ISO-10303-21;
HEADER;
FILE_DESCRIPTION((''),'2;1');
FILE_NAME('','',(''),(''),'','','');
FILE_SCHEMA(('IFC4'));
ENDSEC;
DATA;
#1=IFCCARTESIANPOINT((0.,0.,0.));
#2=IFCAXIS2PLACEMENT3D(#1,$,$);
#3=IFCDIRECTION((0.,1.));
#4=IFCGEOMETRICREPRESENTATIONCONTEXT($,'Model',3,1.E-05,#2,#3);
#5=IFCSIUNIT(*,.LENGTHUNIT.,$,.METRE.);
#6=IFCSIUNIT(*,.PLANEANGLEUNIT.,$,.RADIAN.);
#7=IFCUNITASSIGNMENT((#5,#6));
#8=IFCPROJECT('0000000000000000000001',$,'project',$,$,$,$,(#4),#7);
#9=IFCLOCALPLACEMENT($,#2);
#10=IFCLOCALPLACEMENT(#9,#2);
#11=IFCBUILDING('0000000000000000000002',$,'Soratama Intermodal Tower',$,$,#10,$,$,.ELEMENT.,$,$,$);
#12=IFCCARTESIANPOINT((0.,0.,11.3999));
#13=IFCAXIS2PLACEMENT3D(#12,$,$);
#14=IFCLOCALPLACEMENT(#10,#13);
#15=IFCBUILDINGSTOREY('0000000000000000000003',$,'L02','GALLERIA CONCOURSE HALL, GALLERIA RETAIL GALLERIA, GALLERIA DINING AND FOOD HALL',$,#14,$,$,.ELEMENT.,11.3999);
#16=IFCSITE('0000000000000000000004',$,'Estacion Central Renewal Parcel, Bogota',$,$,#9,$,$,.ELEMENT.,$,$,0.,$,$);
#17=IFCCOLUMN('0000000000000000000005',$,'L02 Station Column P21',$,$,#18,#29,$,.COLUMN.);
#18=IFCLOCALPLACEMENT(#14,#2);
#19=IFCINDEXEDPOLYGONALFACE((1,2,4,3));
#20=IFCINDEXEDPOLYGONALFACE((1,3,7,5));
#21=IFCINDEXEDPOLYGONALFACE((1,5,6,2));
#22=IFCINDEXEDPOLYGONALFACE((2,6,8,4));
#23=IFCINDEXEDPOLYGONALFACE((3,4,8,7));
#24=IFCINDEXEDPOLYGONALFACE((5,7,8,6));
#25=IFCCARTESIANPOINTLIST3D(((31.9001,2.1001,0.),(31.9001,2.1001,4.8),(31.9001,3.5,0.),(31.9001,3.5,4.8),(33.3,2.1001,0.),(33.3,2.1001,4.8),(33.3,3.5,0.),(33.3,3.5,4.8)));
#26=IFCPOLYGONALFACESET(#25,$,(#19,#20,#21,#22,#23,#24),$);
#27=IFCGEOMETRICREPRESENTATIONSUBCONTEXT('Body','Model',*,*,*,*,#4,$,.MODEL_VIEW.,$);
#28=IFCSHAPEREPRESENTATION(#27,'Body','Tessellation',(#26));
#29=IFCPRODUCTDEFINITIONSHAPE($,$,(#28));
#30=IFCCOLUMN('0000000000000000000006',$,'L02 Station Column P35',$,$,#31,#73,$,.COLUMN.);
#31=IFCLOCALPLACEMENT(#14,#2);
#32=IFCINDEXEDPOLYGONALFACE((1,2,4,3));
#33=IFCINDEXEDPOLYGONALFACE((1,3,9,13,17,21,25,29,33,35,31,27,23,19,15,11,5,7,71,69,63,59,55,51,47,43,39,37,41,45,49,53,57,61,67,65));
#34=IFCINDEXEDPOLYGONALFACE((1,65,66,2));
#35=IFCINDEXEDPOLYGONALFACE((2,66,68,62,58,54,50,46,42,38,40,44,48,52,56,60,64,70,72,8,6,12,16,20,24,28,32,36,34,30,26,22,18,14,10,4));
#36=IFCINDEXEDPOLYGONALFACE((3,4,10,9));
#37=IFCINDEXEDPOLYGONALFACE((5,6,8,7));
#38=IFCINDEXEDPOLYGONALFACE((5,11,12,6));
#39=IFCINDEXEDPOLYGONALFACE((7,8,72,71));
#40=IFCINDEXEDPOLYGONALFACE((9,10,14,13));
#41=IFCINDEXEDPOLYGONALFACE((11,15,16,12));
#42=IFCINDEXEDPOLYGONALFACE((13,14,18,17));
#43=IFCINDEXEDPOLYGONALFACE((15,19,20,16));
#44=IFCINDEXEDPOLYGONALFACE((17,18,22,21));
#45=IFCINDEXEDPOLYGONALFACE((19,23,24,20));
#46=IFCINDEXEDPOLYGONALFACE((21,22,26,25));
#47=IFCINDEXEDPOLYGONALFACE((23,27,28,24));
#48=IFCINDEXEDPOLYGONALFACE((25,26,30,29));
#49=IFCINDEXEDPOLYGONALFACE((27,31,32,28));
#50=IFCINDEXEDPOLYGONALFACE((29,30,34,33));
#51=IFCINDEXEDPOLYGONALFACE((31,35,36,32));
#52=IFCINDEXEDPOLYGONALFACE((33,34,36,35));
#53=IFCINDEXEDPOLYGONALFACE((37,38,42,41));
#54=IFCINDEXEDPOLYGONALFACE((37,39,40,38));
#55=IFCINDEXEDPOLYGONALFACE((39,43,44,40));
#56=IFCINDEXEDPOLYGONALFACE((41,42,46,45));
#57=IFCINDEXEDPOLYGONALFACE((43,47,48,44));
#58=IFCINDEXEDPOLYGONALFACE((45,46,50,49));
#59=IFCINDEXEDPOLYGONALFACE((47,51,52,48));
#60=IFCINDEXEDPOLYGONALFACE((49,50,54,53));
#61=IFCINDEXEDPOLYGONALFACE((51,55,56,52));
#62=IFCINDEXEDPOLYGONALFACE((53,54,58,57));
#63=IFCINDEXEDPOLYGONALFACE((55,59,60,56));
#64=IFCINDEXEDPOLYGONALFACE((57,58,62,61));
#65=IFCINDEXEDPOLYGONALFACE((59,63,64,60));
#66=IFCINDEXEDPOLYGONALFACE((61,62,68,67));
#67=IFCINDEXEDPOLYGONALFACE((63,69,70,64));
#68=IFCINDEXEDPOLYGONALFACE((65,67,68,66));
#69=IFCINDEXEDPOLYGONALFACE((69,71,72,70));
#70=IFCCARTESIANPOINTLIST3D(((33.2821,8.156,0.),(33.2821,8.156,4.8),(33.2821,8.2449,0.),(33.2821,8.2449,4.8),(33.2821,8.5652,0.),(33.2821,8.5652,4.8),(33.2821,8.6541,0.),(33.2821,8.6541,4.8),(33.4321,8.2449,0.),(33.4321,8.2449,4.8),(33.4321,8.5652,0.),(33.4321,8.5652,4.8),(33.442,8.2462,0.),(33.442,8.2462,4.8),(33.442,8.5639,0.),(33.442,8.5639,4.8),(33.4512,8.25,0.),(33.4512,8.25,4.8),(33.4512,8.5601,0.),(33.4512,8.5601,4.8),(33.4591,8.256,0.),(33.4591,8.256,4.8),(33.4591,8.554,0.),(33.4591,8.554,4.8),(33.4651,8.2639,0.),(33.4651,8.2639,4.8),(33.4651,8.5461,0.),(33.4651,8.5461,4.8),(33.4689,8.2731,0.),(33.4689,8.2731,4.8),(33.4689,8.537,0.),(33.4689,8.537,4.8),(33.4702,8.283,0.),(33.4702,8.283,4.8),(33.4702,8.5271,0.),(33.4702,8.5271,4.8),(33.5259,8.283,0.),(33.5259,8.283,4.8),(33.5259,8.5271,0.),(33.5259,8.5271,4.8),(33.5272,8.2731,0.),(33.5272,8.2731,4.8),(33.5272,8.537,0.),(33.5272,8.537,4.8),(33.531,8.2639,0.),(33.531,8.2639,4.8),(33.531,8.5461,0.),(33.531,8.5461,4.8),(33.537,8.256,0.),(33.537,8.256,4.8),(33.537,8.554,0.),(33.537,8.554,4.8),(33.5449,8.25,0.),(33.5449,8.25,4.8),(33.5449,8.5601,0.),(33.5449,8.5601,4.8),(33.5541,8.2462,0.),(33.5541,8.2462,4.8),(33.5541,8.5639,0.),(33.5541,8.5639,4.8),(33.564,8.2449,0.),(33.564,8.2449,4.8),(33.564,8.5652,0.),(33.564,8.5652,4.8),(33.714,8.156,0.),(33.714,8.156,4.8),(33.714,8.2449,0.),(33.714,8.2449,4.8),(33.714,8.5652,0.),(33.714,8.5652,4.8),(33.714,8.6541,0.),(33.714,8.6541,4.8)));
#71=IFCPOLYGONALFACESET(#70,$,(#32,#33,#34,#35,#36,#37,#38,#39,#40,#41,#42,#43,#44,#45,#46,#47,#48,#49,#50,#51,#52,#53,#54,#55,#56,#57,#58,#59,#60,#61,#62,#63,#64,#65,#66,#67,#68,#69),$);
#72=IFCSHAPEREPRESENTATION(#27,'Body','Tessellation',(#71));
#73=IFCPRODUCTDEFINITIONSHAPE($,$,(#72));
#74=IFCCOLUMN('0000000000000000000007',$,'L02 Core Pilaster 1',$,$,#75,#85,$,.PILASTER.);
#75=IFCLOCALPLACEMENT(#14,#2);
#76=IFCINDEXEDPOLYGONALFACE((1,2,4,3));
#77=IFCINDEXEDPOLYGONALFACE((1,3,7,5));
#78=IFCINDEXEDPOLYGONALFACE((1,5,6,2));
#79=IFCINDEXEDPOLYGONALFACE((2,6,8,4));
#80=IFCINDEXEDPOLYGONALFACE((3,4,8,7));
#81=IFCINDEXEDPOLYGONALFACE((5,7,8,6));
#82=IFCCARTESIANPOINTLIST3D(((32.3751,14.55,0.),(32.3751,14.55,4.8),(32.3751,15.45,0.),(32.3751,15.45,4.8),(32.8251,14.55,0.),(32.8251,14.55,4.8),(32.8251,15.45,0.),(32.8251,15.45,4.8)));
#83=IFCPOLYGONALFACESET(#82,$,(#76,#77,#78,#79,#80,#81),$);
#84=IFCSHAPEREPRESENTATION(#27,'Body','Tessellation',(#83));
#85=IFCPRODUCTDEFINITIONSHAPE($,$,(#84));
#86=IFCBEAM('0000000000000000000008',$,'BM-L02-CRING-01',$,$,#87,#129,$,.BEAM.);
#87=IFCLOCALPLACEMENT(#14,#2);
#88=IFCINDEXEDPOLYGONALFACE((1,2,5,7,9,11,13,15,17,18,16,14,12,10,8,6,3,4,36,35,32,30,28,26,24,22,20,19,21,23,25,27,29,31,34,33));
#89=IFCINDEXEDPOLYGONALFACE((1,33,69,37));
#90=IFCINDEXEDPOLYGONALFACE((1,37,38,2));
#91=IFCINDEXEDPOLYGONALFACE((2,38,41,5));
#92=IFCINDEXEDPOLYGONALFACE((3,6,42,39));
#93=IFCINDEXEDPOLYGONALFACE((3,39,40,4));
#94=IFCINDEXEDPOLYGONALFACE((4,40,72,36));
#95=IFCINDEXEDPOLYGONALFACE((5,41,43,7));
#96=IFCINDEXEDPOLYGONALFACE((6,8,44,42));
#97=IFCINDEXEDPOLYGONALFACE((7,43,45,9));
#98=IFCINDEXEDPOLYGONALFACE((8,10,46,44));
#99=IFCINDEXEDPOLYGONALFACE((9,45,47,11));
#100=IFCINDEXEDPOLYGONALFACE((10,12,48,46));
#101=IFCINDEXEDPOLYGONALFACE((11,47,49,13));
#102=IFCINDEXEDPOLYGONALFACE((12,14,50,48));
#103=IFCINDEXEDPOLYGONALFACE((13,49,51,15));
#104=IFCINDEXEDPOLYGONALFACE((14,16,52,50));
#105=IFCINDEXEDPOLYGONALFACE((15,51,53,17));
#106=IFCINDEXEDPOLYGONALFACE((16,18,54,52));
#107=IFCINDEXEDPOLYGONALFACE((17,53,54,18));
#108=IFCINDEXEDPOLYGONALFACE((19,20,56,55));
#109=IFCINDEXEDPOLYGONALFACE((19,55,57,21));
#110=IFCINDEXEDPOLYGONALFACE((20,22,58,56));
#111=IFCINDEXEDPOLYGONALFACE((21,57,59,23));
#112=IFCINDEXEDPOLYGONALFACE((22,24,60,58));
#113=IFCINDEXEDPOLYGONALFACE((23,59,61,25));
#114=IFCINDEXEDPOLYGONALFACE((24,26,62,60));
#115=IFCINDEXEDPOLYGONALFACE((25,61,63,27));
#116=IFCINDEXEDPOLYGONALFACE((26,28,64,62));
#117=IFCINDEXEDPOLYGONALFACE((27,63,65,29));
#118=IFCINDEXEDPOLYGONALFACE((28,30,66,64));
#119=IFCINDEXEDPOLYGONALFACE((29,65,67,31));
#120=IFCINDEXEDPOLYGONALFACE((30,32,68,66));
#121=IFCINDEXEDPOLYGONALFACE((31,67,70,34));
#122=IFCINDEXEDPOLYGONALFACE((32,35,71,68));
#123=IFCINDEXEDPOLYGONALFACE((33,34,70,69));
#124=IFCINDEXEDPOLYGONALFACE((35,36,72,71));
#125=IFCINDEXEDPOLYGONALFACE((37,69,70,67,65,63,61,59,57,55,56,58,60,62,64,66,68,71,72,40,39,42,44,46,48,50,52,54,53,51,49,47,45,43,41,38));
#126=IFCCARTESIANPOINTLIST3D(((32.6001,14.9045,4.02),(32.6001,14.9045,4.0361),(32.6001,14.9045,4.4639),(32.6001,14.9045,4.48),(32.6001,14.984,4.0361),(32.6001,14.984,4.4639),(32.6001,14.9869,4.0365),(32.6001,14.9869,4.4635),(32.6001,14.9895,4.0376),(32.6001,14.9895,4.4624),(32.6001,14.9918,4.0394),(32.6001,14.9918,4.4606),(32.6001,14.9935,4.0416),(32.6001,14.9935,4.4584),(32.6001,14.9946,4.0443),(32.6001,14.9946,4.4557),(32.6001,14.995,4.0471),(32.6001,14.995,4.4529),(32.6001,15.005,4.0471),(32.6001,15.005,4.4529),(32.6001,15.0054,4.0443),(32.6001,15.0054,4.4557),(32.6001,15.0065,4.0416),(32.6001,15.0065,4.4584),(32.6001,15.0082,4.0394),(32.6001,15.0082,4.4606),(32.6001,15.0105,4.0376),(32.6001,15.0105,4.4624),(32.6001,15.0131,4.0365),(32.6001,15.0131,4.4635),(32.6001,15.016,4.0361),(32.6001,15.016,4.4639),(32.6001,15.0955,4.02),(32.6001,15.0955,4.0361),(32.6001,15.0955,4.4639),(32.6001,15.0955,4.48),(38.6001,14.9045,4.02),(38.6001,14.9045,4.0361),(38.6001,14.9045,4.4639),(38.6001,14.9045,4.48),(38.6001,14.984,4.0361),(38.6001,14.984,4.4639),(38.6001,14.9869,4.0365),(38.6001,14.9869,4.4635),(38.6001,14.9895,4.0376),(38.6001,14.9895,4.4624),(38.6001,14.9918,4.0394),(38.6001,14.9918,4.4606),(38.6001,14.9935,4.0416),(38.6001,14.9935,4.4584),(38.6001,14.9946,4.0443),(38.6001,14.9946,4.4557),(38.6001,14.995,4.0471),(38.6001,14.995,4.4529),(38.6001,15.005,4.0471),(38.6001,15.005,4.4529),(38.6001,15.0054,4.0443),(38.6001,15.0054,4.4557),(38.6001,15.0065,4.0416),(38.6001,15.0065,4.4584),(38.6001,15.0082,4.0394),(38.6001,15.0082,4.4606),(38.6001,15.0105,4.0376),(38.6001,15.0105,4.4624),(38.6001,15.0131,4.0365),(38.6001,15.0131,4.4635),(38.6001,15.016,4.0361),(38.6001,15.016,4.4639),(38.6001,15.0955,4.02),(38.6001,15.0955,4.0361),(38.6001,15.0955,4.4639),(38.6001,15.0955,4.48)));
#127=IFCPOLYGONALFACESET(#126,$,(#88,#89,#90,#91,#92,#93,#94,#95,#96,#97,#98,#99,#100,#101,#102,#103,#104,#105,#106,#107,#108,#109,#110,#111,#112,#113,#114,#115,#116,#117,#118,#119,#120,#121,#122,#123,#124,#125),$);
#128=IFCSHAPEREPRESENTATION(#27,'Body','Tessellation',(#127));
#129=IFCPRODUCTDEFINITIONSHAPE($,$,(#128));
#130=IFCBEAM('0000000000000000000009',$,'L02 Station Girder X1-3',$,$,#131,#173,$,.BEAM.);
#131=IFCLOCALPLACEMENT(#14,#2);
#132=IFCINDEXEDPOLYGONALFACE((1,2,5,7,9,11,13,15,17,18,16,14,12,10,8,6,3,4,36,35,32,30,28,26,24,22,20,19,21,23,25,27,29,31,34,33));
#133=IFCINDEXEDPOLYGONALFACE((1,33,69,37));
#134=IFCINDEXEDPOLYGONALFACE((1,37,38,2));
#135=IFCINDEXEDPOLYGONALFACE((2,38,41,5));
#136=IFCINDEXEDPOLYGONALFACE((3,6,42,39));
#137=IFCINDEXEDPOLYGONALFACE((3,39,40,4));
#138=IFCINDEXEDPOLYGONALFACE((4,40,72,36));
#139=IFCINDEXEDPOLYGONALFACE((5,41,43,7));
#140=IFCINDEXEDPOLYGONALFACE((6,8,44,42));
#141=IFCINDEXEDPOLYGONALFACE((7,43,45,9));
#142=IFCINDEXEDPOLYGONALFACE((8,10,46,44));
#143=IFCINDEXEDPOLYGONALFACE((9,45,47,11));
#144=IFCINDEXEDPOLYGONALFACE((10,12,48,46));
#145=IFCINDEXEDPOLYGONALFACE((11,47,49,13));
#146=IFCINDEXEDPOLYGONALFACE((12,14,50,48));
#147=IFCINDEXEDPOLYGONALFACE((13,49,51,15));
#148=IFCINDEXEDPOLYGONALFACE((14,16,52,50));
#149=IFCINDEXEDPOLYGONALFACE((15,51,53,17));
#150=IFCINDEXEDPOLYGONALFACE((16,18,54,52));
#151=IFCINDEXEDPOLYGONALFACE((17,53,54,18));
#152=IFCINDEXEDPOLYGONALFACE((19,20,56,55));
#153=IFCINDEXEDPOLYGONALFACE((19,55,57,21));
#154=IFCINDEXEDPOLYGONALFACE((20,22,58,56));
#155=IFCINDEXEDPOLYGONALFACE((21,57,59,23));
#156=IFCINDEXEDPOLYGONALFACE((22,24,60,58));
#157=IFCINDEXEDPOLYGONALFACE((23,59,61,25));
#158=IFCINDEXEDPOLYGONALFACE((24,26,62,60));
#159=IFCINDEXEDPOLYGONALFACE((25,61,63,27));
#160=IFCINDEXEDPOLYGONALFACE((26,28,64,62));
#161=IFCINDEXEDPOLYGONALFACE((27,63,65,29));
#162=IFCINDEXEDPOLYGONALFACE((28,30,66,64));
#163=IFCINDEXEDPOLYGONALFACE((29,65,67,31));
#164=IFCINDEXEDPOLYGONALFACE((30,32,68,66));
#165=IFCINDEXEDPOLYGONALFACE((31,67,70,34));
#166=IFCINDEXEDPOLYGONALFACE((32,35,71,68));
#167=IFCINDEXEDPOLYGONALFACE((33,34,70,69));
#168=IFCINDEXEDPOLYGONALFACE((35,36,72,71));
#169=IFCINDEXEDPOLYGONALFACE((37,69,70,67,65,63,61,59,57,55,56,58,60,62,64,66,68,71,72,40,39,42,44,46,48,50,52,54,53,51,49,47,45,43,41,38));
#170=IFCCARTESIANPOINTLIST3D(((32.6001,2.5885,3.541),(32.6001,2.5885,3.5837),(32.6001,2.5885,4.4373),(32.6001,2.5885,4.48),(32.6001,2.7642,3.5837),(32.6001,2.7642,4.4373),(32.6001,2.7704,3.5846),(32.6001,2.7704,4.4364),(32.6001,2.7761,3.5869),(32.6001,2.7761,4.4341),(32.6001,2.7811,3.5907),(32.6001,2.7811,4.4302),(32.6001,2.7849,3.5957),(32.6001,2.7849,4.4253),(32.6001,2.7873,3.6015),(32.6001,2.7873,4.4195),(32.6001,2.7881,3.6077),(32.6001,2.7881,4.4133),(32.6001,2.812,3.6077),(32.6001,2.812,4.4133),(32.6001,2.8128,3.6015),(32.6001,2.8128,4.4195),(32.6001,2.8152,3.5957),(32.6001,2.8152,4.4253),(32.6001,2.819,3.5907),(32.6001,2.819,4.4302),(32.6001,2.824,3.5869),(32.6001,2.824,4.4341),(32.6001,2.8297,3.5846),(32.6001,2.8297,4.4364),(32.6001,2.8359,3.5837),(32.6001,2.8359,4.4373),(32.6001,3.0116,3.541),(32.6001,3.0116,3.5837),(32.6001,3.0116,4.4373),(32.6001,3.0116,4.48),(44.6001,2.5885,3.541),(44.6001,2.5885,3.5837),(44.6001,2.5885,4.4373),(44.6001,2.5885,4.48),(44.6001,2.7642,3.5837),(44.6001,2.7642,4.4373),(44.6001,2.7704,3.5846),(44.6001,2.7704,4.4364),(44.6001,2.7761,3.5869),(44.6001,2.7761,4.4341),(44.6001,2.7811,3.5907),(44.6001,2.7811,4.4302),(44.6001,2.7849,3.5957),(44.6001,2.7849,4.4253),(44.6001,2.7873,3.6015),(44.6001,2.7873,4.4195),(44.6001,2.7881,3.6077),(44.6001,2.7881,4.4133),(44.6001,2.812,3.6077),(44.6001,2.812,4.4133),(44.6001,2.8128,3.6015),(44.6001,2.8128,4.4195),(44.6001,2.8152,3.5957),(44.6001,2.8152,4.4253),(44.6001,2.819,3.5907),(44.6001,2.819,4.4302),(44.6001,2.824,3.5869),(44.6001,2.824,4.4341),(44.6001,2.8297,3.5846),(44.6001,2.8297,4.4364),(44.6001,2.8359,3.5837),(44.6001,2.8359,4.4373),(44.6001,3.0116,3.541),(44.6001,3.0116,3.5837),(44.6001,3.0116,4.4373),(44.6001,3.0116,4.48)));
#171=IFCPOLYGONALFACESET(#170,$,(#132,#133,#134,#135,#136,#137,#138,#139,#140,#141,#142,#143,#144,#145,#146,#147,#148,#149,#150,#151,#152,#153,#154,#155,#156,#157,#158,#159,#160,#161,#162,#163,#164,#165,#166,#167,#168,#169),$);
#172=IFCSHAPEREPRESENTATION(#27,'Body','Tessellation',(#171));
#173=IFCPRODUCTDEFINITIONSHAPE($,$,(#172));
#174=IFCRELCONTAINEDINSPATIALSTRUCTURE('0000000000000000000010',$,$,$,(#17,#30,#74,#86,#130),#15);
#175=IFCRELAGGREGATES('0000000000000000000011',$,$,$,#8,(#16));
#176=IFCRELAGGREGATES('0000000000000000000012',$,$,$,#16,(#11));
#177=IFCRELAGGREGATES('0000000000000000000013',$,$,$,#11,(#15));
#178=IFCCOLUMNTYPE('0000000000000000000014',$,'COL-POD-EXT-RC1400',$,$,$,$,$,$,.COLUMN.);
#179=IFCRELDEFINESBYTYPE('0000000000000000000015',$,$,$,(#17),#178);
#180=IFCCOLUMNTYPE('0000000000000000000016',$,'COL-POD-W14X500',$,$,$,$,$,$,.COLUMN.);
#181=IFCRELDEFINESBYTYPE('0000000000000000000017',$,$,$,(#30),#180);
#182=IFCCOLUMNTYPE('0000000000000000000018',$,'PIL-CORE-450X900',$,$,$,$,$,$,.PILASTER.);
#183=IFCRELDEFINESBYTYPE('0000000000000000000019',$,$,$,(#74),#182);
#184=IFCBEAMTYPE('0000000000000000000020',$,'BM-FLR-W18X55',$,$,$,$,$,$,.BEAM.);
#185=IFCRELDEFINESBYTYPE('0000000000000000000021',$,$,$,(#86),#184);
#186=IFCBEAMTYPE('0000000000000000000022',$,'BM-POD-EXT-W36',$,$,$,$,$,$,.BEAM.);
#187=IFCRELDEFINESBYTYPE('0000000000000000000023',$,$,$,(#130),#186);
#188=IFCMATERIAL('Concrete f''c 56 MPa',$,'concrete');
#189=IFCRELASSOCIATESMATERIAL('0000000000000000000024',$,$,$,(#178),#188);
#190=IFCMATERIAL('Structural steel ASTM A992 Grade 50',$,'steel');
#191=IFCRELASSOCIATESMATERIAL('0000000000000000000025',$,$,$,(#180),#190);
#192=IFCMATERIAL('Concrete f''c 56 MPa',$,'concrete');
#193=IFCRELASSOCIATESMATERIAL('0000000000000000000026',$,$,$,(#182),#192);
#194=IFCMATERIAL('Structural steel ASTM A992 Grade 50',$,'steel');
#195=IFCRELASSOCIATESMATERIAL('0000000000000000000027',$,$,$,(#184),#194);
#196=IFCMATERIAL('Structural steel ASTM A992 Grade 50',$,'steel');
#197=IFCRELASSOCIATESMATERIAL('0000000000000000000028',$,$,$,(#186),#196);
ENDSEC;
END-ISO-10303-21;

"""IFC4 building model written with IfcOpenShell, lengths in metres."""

from ifc_helpers import new_model, si_unit, direction, frame, origin, origin_2d, place, context, subcontext, project, spatial, rectangle, i_section, extrude, material, material_profile, profile_set, type_object, element, save


model = new_model("IFC4")

# Units and contexts
model_context = context("Model", 3, precision=1e-05, world=origin(), true_north=direction((0.0, 1.0)))
body_context = subcontext(model_context, "Body", "Model", "MODEL_VIEW")
ifc_project = project(units=[si_unit("LENGTHUNIT", "METRE"), si_unit("PLANEANGLEUNIT", "RADIAN")], contexts=[model_context])

# Site, building, storey
site_placement = place(None, origin())
site = spatial("IfcSite", under=ifc_project, at=site_placement, Name="Estacion Central Renewal Parcel, Bogota", CompositionType="ELEMENT", RefElevation=0.0)
building_placement = place(site_placement, origin())
building = spatial("IfcBuilding", under=site, at=building_placement, Name="Soratama Intermodal Tower", CompositionType="ELEMENT")
storey_placement = place(building_placement, frame((0.0, 0.0, 11.3999)))
storey = spatial("IfcBuildingStorey", under=building, at=storey_placement, Name="L02", Description="GALLERIA CONCOURSE HALL, GALLERIA RETAIL GALLERIA, GALLERIA DINING AND FOOD HALL", CompositionType="ELEMENT", Elevation=11.3999)

# Columns
ifc_material_1 = material(Name="Concrete f'c 56 MPa", Category="concrete")
ifc_material_profile_1 = material_profile(ifc_material_1, rectangle(XDim=1.3999, YDim=1.3999, at=origin_2d()), Name="RC1400X1400")
ifc_profile_set_1 = profile_set([ifc_material_profile_1], Name="Concrete f'c 56 MPa")
column_type_1 = type_object("IfcColumnType", Name="COL-POD-EXT-RC1400", PredefinedType="COLUMN", material=ifc_profile_set_1)
column_1_placement = place(storey_placement, frame((32.6001, 2.8, 0.0), z_axis=(0.0, 0.0, 1.0), x_axis=(1.0, 0.0, 0.0)))
element("IfcColumn", 1, at=column_1_placement, inside=storey, type_object=column_type_1, Name="L02 Station Column P21", PredefinedType="COLUMN", context=body_context, shape_type="SweptSolid", body=[
    extrude(rectangle(XDim=1.3999, YDim=1.3999, at=origin_2d()), origin(), (0.0, 0.0, 1.0), 4.8),
])
ifc_material_2 = material(Name="Structural steel ASTM A992 Grade 50", Category="steel")
ifc_material_profile_2 = material_profile(ifc_material_2, i_section(OverallWidth=0.4319, OverallDepth=0.498, WebThickness=0.0557, FlangeThickness=0.0889, FilletRadius=0.0381, at=origin_2d()), Name="W14X500")
ifc_profile_set_2 = profile_set([ifc_material_profile_2], Name="Structural steel ASTM A992 Grade 50")
column_type_2 = type_object("IfcColumnType", Name="COL-POD-W14X500", PredefinedType="COLUMN", material=ifc_profile_set_2)
column_2_placement = place(storey_placement, frame((33.498, 8.405, 0.0), z_axis=(0.0, 0.0, 1.0), x_axis=(1.0, 0.0, 0.0)))
element("IfcColumn", 2, at=column_2_placement, inside=storey, type_object=column_type_2, Name="L02 Station Column P35", PredefinedType="COLUMN", context=body_context, shape_type="SweptSolid", body=[
    extrude(i_section(OverallWidth=0.4319, OverallDepth=0.498, WebThickness=0.0557, FlangeThickness=0.0889, FilletRadius=0.0381, at=origin_2d()), origin(), (0.0, 0.0, 1.0), 4.8),
])
ifc_material_3 = material(Name="Concrete f'c 56 MPa", Category="concrete")
ifc_material_profile_3 = material_profile(ifc_material_3, rectangle(XDim=0.45, YDim=0.8999, at=origin_2d()), Name="RC450X900")
ifc_profile_set_3 = profile_set([ifc_material_profile_3], Name="Concrete f'c 56 MPa")
column_type_3 = type_object("IfcColumnType", Name="PIL-CORE-450X900", PredefinedType="PILASTER", material=ifc_profile_set_3)
column_3_placement = place(storey_placement, frame((32.6001, 15.0, 0.0), z_axis=(0.0, 0.0, 1.0), x_axis=(1.0, 0.0, 0.0)))
element("IfcColumn", 3, at=column_3_placement, inside=storey, type_object=column_type_3, Name="L02 Core Pilaster 1", PredefinedType="PILASTER", context=body_context, shape_type="SweptSolid", body=[
    extrude(rectangle(XDim=0.45, YDim=0.8999, at=origin_2d()), origin(), (0.0, 0.0, 1.0), 4.8),
])

# Beams
ifc_material_4 = material(Name="Structural steel ASTM A992 Grade 50", Category="steel")
ifc_material_profile_4 = material_profile(ifc_material_4, i_section(OverallWidth=0.1909, OverallDepth=0.46, WebThickness=0.01, FlangeThickness=0.0161, FilletRadius=0.011, at=origin_2d()), Name="W18X55")
ifc_profile_set_4 = profile_set([ifc_material_profile_4], Name="Structural steel ASTM A992 Grade 50")
beam_type_1 = type_object("IfcBeamType", Name="BM-FLR-W18X55", PredefinedType="BEAM", material=ifc_profile_set_4)
beam_1_placement = place(storey_placement, frame((32.6001, 15.0, 4.25), z_axis=(1.0, 0.0, 0.0), x_axis=(0.0, 1.0, 0.0)))
element("IfcBeam", 4, at=beam_1_placement, inside=storey, type_object=beam_type_1, Name="BM-L02-CRING-01", PredefinedType="BEAM", context=body_context, shape_type="SweptSolid", body=[
    extrude(i_section(OverallWidth=0.1909, OverallDepth=0.46, WebThickness=0.01, FlangeThickness=0.0161, FilletRadius=0.011, at=origin_2d()), origin(), (0.0, 0.0, 1.0), 6.0),
])
ifc_material_5 = material(Name="Structural steel ASTM A992 Grade 50", Category="steel")
ifc_material_profile_5 = material_profile(ifc_material_5, i_section(OverallWidth=0.4231, OverallDepth=0.939, WebThickness=0.0239, FlangeThickness=0.0427, FilletRadius=0.0239, at=origin_2d()), Name="W36X302")
ifc_profile_set_5 = profile_set([ifc_material_profile_5], Name="Structural steel ASTM A992 Grade 50")
beam_type_2 = type_object("IfcBeamType", Name="BM-POD-EXT-W36", PredefinedType="BEAM", material=ifc_profile_set_5)
beam_2_placement = place(storey_placement, frame((32.6001, 2.8, 4.0105), z_axis=(1.0, 0.0, 0.0), x_axis=(0.0, 1.0, 0.0)))
element("IfcBeam", 5, at=beam_2_placement, inside=storey, type_object=beam_type_2, Name="L02 Station Girder X1-3", PredefinedType="BEAM", context=body_context, shape_type="SweptSolid", body=[
    extrude(i_section(OverallWidth=0.4231, OverallDepth=0.939, WebThickness=0.0239, FlangeThickness=0.0427, FilletRadius=0.0239, at=origin_2d()), origin(), (0.0, 0.0, 1.0), 12.0),
])

save(model, "model.ifc")
